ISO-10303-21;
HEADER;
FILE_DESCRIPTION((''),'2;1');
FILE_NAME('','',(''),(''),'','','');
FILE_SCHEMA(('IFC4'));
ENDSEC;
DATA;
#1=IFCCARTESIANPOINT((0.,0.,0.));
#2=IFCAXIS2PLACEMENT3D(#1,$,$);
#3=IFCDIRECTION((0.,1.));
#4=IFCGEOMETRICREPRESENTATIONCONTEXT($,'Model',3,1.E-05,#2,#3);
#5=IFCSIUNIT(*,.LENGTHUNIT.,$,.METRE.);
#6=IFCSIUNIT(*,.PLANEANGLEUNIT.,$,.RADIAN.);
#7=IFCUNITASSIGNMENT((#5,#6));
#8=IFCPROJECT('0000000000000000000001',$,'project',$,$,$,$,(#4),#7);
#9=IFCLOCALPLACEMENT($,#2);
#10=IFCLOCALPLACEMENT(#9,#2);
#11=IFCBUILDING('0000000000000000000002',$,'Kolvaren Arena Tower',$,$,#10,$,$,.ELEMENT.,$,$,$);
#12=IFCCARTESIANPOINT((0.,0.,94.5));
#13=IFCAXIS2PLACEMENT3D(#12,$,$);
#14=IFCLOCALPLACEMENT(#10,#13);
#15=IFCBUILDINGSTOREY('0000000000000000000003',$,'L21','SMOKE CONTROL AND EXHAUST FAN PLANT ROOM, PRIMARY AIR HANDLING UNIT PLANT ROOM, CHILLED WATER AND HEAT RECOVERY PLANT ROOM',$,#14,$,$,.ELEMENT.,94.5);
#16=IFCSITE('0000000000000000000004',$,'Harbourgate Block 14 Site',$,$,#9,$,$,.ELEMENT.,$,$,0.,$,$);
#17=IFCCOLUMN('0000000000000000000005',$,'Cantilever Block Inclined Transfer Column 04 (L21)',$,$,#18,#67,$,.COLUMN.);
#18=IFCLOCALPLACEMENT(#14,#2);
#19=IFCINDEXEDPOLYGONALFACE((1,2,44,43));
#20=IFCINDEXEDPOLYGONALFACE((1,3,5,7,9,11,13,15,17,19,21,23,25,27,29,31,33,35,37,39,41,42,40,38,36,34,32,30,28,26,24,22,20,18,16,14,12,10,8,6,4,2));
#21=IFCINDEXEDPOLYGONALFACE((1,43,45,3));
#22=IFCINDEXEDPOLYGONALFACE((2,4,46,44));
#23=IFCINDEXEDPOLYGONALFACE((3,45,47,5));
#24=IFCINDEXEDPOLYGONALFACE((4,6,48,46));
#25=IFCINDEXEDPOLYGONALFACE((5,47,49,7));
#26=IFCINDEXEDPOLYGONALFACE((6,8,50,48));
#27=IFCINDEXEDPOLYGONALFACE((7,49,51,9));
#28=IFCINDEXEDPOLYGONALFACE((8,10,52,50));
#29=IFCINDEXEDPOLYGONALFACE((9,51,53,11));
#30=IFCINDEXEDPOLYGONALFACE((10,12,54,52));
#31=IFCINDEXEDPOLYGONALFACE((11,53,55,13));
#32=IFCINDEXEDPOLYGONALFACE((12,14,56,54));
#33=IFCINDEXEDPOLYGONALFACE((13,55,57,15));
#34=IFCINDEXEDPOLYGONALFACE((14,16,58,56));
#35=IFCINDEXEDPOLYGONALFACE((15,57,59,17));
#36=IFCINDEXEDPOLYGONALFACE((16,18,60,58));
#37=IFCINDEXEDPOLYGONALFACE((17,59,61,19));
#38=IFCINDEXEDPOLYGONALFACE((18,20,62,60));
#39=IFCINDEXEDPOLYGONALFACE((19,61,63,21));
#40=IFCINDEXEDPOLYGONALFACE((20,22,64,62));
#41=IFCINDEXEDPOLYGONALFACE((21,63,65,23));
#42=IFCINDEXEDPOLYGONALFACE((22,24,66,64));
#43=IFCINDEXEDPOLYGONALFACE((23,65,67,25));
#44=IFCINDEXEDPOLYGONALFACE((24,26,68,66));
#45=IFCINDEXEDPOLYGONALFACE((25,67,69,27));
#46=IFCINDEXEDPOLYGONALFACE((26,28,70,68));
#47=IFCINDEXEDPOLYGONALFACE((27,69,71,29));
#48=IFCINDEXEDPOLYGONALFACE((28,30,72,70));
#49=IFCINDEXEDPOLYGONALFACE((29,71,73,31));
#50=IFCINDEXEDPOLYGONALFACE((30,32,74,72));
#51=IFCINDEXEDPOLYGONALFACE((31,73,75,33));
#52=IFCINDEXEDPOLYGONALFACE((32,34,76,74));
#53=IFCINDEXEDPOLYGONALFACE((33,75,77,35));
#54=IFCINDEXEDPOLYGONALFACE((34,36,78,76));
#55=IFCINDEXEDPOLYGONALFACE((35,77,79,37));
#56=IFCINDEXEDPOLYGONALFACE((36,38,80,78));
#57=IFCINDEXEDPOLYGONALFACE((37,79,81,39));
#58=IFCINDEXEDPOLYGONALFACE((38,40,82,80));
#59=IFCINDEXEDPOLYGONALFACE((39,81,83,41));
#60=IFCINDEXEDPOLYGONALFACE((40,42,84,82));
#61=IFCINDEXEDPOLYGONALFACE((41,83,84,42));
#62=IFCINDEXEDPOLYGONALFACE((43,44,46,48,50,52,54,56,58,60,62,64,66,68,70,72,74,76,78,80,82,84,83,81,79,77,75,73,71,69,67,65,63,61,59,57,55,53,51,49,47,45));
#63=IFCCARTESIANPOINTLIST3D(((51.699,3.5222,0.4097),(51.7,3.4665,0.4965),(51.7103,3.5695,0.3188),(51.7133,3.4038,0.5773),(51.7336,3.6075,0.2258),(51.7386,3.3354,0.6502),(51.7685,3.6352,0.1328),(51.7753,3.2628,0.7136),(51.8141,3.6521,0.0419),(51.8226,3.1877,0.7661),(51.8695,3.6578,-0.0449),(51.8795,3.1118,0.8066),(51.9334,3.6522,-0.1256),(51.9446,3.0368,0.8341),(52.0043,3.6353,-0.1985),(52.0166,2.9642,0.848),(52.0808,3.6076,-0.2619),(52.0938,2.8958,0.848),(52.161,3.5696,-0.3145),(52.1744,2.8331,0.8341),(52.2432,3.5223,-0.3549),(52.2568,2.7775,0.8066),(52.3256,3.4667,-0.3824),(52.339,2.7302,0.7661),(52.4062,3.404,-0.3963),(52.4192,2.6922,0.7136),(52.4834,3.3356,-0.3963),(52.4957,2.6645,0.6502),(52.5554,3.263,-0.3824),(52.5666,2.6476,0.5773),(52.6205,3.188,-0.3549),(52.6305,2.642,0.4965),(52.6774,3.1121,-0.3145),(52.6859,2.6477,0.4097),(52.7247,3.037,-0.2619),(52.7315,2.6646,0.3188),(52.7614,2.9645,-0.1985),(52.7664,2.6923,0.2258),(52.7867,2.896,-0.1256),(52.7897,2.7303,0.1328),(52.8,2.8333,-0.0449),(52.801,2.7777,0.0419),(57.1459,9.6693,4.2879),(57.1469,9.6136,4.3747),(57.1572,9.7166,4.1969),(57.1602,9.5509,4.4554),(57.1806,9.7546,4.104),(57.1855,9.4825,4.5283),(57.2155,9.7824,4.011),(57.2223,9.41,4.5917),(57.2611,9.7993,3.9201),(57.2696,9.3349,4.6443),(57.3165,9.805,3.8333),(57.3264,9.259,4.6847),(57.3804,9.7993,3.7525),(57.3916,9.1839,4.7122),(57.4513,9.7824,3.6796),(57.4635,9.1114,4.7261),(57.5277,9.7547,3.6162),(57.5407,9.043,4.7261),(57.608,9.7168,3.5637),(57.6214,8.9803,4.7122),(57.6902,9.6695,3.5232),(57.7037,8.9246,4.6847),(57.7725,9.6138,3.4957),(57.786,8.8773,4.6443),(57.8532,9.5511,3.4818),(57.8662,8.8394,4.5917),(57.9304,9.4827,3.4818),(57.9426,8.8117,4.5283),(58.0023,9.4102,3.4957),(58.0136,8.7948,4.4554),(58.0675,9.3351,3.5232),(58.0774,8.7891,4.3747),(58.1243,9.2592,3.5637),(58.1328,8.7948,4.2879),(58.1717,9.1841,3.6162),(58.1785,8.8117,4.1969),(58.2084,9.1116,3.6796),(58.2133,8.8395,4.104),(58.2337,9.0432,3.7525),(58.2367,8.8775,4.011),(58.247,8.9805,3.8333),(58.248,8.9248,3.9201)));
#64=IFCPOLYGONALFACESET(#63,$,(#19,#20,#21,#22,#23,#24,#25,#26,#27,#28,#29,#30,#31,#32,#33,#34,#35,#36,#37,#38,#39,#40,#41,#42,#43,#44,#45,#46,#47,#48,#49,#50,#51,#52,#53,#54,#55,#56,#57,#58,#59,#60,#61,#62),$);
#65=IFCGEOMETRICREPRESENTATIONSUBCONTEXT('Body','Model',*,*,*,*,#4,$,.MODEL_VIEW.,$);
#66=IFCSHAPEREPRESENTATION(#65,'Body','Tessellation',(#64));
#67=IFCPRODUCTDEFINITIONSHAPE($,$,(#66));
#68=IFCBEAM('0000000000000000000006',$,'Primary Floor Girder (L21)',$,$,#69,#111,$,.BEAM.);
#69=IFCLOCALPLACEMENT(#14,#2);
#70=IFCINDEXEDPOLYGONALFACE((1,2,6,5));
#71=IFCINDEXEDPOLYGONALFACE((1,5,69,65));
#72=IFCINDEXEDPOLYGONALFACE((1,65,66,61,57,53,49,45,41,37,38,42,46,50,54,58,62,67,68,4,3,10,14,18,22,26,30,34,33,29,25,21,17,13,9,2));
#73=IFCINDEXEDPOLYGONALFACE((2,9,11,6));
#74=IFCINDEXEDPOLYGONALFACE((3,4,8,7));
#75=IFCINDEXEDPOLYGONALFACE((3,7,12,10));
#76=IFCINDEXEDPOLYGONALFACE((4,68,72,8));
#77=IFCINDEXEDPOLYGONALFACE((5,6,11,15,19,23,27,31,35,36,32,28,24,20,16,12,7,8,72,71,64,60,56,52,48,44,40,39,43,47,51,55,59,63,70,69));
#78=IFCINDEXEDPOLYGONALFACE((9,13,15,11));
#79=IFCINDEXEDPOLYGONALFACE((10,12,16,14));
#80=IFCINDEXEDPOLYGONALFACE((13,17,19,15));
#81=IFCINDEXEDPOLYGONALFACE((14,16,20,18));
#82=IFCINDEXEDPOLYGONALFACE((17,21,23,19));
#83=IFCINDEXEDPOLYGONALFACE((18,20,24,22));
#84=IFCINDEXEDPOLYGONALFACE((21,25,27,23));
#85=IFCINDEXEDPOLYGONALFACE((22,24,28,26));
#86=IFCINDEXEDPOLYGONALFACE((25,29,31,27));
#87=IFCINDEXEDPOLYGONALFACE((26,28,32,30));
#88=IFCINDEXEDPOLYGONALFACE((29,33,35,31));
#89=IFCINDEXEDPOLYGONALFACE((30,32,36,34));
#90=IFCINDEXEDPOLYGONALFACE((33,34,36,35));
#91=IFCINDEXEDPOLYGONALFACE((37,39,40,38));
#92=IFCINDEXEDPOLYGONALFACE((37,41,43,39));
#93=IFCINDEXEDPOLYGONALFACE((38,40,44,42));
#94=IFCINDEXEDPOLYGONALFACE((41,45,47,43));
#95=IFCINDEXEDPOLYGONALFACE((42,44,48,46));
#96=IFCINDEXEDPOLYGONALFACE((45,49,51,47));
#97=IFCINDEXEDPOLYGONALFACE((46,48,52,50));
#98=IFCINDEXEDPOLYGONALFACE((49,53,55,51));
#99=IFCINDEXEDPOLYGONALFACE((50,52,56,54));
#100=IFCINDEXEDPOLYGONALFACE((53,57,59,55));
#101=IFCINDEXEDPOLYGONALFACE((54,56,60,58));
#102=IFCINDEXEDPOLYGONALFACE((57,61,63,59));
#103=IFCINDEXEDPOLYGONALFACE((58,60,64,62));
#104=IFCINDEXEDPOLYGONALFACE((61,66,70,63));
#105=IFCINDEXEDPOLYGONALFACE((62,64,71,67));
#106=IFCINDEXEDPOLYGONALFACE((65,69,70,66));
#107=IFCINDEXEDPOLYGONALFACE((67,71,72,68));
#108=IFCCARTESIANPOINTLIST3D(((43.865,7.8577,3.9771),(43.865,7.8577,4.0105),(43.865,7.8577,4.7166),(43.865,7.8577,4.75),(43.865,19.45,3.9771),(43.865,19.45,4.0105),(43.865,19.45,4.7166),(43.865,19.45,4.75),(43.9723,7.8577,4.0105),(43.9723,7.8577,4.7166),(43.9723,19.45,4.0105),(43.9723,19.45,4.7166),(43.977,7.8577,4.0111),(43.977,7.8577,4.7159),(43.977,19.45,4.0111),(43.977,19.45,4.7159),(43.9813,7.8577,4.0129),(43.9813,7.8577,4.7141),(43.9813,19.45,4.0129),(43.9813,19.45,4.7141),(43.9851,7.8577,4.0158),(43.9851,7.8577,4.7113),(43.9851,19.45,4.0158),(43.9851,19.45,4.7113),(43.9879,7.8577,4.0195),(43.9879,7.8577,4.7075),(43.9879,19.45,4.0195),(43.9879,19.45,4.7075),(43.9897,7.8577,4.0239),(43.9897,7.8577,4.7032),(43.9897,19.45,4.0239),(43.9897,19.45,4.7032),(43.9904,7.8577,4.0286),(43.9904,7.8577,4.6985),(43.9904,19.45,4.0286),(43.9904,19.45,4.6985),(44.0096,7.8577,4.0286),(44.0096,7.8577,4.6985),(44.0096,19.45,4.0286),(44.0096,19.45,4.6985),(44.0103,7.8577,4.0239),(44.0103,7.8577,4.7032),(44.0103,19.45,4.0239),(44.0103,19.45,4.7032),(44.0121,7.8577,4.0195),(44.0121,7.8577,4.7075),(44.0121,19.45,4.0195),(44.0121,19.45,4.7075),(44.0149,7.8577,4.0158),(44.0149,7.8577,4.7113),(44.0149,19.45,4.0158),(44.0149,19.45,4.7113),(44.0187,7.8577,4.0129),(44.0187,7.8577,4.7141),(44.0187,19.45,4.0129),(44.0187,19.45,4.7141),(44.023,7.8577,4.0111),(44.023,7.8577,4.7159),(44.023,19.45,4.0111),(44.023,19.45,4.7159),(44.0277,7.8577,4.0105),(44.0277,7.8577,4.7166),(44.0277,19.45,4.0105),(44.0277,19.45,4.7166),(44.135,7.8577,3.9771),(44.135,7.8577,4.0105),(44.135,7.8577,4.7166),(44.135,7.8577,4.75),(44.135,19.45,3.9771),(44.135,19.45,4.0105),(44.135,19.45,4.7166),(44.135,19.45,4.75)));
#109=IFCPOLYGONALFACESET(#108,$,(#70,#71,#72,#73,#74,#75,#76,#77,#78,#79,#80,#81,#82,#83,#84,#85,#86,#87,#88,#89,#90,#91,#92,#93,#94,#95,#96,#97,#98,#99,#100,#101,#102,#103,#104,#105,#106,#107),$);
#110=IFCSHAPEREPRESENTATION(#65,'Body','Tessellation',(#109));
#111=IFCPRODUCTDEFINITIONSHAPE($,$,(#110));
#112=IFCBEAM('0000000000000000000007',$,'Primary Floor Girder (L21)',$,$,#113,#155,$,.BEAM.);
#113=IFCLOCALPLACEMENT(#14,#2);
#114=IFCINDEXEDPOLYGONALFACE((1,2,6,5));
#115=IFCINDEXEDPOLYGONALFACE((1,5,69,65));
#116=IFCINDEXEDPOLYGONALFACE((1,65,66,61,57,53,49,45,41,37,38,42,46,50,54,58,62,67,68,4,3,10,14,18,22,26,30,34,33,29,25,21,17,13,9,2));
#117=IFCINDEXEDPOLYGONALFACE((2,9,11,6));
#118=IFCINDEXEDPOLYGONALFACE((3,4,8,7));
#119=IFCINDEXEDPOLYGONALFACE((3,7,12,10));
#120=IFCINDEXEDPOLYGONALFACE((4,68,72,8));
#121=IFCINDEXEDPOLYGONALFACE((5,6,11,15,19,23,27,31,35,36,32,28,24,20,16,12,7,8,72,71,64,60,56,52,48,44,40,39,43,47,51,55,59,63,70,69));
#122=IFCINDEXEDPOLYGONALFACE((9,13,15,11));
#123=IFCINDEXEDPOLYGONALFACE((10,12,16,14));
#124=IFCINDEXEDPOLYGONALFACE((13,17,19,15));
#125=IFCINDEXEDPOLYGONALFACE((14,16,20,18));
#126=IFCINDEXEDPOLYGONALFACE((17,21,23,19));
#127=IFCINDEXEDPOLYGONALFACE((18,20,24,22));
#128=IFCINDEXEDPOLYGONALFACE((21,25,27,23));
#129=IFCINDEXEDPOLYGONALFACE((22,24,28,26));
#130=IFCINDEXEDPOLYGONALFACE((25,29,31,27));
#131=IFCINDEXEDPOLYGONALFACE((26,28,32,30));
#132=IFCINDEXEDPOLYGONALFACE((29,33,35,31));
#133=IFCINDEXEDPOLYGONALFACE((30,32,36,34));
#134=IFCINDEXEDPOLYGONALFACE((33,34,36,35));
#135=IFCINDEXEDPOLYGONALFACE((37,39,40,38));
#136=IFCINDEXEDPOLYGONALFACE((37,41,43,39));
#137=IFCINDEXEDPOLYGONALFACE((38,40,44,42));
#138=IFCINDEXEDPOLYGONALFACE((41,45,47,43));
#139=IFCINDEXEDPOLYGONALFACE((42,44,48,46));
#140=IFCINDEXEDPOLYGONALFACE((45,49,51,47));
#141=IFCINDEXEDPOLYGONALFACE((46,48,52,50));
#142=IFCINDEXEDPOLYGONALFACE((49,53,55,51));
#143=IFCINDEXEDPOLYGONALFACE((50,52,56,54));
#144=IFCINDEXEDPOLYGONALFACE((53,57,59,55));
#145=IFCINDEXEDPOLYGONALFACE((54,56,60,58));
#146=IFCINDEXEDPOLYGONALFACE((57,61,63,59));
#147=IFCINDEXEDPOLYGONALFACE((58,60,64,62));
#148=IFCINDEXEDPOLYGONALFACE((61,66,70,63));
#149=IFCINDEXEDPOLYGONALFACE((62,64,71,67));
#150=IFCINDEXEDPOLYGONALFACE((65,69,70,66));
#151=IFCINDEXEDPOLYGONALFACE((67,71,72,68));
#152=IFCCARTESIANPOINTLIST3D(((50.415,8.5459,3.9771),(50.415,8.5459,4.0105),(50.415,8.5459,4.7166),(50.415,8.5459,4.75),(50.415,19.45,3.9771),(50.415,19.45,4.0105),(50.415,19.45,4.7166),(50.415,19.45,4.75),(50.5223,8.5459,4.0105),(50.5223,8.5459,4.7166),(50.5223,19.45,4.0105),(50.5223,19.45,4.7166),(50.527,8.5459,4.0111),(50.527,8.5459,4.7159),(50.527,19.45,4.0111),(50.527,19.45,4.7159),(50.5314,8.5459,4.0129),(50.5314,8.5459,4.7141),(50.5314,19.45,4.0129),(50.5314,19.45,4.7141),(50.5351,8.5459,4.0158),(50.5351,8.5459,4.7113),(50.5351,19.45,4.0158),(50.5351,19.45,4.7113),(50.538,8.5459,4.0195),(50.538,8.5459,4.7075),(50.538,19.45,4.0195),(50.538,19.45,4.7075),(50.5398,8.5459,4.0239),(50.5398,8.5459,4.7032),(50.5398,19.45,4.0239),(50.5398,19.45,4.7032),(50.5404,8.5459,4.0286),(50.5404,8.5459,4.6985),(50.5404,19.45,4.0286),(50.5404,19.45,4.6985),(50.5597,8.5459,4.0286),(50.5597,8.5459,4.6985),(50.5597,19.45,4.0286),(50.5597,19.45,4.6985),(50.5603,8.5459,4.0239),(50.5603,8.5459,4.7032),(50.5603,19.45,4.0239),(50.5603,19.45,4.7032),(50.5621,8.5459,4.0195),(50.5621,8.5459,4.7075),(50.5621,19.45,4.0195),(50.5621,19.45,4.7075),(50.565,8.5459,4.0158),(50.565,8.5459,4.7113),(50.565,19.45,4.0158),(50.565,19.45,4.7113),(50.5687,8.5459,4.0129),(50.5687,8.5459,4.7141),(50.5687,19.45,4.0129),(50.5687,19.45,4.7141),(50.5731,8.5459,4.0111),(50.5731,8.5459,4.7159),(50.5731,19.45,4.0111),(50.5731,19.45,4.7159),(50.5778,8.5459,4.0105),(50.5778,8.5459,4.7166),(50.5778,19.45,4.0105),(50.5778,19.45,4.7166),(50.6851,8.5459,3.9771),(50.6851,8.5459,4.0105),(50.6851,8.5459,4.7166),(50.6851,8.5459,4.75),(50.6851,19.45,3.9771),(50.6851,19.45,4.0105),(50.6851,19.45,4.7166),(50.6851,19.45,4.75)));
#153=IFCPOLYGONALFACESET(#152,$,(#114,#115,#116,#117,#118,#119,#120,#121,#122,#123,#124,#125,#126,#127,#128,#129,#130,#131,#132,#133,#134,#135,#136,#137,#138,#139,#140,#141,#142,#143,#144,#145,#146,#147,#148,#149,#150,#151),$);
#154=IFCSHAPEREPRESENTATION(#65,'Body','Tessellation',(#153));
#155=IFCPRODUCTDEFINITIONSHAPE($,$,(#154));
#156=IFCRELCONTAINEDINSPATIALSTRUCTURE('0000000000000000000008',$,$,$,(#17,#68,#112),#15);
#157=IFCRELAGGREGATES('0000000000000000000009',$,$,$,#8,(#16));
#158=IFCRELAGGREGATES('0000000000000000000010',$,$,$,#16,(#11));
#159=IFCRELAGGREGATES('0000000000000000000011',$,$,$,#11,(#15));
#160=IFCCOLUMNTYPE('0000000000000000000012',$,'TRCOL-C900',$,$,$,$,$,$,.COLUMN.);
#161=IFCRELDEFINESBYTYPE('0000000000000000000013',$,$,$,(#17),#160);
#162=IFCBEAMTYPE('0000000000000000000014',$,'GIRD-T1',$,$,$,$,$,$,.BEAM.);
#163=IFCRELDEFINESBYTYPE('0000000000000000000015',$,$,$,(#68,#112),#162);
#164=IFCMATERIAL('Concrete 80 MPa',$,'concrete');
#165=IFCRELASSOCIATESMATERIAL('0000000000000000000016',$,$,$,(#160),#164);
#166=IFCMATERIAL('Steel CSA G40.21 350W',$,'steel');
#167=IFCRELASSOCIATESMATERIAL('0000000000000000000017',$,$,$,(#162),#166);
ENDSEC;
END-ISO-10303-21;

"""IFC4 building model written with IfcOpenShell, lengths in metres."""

from ifc_helpers import new_model, si_unit, direction, frame, origin, origin_2d, place, context, subcontext, project, spatial, circle, i_section, extrude, material, material_profile, profile_set, type_object, element, save


model = new_model("IFC4")

# Units and contexts
model_context = context("Model", 3, precision=1e-05, world=origin(), true_north=direction((0.0, 1.0)))
body_context = subcontext(model_context, "Body", "Model", "MODEL_VIEW")
ifc_project = project(units=[si_unit("LENGTHUNIT", "METRE"), si_unit("PLANEANGLEUNIT", "RADIAN")], contexts=[model_context])

# Site, building, storey
site_placement = place(None, origin())
site = spatial("IfcSite", under=ifc_project, at=site_placement, Name="Harbourgate Block 14 Site", CompositionType="ELEMENT", RefElevation=0.0)
building_placement = place(site_placement, origin())
building = spatial("IfcBuilding", under=site, at=building_placement, Name="Kolvaren Arena Tower", CompositionType="ELEMENT")
storey_placement = place(building_placement, frame((0.0, 0.0, 94.5)))
storey = spatial("IfcBuildingStorey", under=building, at=storey_placement, Name="L21", Description="SMOKE CONTROL AND EXHAUST FAN PLANT ROOM, PRIMARY AIR HANDLING UNIT PLANT ROOM, CHILLED WATER AND HEAT RECOVERY PLANT ROOM", CompositionType="ELEMENT", Elevation=94.5)

# Column
ifc_material_1 = material(Name="Concrete 80 MPa", Category="concrete")
ifc_material_profile_1 = material_profile(ifc_material_1, circle(Radius=0.6899, at=origin_2d()), Name="RC-CIRC-1380")
ifc_profile_set_1 = profile_set([ifc_material_profile_1], Name="Concrete 80 MPa")
column_type = type_object("IfcColumnType", Name="TRCOL-C900", PredefinedType="COLUMN", material=ifc_profile_set_1)
column_placement = place(storey_placement, frame((52.25, 3.1499, 0.2258), z_axis=(0.599703, 0.676792, 0.426977), x_axis=(-0.748447, 0.663195, 0.0)))
element("IfcColumn", 1, at=column_placement, inside=storey, type_object=column_type, Name="Cantilever Block Inclined Transfer Column 04 (L21)", PredefinedType="COLUMN", context=body_context, shape_type="SweptSolid", body=[
    extrude(circle(Radius=0.6899, at=origin_2d()), origin(), (0.0, 0.0, 1.0), 9.0828),
])

# Beams
ifc_material_2 = material(Name="Steel CSA G40.21 350W", Category="steel")
ifc_material_profile_2 = material_profile(ifc_material_2, i_section(OverallWidth=0.27, OverallDepth=0.7729, WebThickness=0.0193, FlangeThickness=0.0334, FilletRadius=0.0181, at=origin_2d()), Name="W760x257")
ifc_profile_set_2 = profile_set([ifc_material_profile_2], Name="Steel CSA G40.21 350W")
beam_type_1 = type_object("IfcBeamType", Name="GIRD-T1", PredefinedType="BEAM", material=ifc_profile_set_2)
beam_1_placement = place(storey_placement, frame((44.0, 7.8577, 4.3635), z_axis=(0.0, 1.0, 0.0), x_axis=(-1.0, 0.0, 0.0)))
element("IfcBeam", 2, at=beam_1_placement, inside=storey, type_object=beam_type_1, Name="Primary Floor Girder (L21)", PredefinedType="BEAM", context=body_context, shape_type="SweptSolid", body=[
    extrude(i_section(OverallWidth=0.27, OverallDepth=0.7729, WebThickness=0.0193, FlangeThickness=0.0334, FilletRadius=0.0181, at=origin_2d()), origin(), (0.0, 0.0, 1.0), 11.5923),
])
beam_2_placement = place(storey_placement, frame((50.55, 8.5459, 4.3635), z_axis=(0.0, 1.0, 0.0), x_axis=(-1.0, 0.0, 0.0)))
element("IfcBeam", 3, at=beam_2_placement, inside=storey, type_object=beam_type_1, Name="Primary Floor Girder (L21)", PredefinedType="BEAM", context=body_context, shape_type="SweptSolid", body=[
    extrude(i_section(OverallWidth=0.27, OverallDepth=0.7729, WebThickness=0.0193, FlangeThickness=0.0334, FilletRadius=0.0181, at=origin_2d()), origin(), (0.0, 0.0, 1.0), 10.9041),
])

save(model, "model.ifc")
